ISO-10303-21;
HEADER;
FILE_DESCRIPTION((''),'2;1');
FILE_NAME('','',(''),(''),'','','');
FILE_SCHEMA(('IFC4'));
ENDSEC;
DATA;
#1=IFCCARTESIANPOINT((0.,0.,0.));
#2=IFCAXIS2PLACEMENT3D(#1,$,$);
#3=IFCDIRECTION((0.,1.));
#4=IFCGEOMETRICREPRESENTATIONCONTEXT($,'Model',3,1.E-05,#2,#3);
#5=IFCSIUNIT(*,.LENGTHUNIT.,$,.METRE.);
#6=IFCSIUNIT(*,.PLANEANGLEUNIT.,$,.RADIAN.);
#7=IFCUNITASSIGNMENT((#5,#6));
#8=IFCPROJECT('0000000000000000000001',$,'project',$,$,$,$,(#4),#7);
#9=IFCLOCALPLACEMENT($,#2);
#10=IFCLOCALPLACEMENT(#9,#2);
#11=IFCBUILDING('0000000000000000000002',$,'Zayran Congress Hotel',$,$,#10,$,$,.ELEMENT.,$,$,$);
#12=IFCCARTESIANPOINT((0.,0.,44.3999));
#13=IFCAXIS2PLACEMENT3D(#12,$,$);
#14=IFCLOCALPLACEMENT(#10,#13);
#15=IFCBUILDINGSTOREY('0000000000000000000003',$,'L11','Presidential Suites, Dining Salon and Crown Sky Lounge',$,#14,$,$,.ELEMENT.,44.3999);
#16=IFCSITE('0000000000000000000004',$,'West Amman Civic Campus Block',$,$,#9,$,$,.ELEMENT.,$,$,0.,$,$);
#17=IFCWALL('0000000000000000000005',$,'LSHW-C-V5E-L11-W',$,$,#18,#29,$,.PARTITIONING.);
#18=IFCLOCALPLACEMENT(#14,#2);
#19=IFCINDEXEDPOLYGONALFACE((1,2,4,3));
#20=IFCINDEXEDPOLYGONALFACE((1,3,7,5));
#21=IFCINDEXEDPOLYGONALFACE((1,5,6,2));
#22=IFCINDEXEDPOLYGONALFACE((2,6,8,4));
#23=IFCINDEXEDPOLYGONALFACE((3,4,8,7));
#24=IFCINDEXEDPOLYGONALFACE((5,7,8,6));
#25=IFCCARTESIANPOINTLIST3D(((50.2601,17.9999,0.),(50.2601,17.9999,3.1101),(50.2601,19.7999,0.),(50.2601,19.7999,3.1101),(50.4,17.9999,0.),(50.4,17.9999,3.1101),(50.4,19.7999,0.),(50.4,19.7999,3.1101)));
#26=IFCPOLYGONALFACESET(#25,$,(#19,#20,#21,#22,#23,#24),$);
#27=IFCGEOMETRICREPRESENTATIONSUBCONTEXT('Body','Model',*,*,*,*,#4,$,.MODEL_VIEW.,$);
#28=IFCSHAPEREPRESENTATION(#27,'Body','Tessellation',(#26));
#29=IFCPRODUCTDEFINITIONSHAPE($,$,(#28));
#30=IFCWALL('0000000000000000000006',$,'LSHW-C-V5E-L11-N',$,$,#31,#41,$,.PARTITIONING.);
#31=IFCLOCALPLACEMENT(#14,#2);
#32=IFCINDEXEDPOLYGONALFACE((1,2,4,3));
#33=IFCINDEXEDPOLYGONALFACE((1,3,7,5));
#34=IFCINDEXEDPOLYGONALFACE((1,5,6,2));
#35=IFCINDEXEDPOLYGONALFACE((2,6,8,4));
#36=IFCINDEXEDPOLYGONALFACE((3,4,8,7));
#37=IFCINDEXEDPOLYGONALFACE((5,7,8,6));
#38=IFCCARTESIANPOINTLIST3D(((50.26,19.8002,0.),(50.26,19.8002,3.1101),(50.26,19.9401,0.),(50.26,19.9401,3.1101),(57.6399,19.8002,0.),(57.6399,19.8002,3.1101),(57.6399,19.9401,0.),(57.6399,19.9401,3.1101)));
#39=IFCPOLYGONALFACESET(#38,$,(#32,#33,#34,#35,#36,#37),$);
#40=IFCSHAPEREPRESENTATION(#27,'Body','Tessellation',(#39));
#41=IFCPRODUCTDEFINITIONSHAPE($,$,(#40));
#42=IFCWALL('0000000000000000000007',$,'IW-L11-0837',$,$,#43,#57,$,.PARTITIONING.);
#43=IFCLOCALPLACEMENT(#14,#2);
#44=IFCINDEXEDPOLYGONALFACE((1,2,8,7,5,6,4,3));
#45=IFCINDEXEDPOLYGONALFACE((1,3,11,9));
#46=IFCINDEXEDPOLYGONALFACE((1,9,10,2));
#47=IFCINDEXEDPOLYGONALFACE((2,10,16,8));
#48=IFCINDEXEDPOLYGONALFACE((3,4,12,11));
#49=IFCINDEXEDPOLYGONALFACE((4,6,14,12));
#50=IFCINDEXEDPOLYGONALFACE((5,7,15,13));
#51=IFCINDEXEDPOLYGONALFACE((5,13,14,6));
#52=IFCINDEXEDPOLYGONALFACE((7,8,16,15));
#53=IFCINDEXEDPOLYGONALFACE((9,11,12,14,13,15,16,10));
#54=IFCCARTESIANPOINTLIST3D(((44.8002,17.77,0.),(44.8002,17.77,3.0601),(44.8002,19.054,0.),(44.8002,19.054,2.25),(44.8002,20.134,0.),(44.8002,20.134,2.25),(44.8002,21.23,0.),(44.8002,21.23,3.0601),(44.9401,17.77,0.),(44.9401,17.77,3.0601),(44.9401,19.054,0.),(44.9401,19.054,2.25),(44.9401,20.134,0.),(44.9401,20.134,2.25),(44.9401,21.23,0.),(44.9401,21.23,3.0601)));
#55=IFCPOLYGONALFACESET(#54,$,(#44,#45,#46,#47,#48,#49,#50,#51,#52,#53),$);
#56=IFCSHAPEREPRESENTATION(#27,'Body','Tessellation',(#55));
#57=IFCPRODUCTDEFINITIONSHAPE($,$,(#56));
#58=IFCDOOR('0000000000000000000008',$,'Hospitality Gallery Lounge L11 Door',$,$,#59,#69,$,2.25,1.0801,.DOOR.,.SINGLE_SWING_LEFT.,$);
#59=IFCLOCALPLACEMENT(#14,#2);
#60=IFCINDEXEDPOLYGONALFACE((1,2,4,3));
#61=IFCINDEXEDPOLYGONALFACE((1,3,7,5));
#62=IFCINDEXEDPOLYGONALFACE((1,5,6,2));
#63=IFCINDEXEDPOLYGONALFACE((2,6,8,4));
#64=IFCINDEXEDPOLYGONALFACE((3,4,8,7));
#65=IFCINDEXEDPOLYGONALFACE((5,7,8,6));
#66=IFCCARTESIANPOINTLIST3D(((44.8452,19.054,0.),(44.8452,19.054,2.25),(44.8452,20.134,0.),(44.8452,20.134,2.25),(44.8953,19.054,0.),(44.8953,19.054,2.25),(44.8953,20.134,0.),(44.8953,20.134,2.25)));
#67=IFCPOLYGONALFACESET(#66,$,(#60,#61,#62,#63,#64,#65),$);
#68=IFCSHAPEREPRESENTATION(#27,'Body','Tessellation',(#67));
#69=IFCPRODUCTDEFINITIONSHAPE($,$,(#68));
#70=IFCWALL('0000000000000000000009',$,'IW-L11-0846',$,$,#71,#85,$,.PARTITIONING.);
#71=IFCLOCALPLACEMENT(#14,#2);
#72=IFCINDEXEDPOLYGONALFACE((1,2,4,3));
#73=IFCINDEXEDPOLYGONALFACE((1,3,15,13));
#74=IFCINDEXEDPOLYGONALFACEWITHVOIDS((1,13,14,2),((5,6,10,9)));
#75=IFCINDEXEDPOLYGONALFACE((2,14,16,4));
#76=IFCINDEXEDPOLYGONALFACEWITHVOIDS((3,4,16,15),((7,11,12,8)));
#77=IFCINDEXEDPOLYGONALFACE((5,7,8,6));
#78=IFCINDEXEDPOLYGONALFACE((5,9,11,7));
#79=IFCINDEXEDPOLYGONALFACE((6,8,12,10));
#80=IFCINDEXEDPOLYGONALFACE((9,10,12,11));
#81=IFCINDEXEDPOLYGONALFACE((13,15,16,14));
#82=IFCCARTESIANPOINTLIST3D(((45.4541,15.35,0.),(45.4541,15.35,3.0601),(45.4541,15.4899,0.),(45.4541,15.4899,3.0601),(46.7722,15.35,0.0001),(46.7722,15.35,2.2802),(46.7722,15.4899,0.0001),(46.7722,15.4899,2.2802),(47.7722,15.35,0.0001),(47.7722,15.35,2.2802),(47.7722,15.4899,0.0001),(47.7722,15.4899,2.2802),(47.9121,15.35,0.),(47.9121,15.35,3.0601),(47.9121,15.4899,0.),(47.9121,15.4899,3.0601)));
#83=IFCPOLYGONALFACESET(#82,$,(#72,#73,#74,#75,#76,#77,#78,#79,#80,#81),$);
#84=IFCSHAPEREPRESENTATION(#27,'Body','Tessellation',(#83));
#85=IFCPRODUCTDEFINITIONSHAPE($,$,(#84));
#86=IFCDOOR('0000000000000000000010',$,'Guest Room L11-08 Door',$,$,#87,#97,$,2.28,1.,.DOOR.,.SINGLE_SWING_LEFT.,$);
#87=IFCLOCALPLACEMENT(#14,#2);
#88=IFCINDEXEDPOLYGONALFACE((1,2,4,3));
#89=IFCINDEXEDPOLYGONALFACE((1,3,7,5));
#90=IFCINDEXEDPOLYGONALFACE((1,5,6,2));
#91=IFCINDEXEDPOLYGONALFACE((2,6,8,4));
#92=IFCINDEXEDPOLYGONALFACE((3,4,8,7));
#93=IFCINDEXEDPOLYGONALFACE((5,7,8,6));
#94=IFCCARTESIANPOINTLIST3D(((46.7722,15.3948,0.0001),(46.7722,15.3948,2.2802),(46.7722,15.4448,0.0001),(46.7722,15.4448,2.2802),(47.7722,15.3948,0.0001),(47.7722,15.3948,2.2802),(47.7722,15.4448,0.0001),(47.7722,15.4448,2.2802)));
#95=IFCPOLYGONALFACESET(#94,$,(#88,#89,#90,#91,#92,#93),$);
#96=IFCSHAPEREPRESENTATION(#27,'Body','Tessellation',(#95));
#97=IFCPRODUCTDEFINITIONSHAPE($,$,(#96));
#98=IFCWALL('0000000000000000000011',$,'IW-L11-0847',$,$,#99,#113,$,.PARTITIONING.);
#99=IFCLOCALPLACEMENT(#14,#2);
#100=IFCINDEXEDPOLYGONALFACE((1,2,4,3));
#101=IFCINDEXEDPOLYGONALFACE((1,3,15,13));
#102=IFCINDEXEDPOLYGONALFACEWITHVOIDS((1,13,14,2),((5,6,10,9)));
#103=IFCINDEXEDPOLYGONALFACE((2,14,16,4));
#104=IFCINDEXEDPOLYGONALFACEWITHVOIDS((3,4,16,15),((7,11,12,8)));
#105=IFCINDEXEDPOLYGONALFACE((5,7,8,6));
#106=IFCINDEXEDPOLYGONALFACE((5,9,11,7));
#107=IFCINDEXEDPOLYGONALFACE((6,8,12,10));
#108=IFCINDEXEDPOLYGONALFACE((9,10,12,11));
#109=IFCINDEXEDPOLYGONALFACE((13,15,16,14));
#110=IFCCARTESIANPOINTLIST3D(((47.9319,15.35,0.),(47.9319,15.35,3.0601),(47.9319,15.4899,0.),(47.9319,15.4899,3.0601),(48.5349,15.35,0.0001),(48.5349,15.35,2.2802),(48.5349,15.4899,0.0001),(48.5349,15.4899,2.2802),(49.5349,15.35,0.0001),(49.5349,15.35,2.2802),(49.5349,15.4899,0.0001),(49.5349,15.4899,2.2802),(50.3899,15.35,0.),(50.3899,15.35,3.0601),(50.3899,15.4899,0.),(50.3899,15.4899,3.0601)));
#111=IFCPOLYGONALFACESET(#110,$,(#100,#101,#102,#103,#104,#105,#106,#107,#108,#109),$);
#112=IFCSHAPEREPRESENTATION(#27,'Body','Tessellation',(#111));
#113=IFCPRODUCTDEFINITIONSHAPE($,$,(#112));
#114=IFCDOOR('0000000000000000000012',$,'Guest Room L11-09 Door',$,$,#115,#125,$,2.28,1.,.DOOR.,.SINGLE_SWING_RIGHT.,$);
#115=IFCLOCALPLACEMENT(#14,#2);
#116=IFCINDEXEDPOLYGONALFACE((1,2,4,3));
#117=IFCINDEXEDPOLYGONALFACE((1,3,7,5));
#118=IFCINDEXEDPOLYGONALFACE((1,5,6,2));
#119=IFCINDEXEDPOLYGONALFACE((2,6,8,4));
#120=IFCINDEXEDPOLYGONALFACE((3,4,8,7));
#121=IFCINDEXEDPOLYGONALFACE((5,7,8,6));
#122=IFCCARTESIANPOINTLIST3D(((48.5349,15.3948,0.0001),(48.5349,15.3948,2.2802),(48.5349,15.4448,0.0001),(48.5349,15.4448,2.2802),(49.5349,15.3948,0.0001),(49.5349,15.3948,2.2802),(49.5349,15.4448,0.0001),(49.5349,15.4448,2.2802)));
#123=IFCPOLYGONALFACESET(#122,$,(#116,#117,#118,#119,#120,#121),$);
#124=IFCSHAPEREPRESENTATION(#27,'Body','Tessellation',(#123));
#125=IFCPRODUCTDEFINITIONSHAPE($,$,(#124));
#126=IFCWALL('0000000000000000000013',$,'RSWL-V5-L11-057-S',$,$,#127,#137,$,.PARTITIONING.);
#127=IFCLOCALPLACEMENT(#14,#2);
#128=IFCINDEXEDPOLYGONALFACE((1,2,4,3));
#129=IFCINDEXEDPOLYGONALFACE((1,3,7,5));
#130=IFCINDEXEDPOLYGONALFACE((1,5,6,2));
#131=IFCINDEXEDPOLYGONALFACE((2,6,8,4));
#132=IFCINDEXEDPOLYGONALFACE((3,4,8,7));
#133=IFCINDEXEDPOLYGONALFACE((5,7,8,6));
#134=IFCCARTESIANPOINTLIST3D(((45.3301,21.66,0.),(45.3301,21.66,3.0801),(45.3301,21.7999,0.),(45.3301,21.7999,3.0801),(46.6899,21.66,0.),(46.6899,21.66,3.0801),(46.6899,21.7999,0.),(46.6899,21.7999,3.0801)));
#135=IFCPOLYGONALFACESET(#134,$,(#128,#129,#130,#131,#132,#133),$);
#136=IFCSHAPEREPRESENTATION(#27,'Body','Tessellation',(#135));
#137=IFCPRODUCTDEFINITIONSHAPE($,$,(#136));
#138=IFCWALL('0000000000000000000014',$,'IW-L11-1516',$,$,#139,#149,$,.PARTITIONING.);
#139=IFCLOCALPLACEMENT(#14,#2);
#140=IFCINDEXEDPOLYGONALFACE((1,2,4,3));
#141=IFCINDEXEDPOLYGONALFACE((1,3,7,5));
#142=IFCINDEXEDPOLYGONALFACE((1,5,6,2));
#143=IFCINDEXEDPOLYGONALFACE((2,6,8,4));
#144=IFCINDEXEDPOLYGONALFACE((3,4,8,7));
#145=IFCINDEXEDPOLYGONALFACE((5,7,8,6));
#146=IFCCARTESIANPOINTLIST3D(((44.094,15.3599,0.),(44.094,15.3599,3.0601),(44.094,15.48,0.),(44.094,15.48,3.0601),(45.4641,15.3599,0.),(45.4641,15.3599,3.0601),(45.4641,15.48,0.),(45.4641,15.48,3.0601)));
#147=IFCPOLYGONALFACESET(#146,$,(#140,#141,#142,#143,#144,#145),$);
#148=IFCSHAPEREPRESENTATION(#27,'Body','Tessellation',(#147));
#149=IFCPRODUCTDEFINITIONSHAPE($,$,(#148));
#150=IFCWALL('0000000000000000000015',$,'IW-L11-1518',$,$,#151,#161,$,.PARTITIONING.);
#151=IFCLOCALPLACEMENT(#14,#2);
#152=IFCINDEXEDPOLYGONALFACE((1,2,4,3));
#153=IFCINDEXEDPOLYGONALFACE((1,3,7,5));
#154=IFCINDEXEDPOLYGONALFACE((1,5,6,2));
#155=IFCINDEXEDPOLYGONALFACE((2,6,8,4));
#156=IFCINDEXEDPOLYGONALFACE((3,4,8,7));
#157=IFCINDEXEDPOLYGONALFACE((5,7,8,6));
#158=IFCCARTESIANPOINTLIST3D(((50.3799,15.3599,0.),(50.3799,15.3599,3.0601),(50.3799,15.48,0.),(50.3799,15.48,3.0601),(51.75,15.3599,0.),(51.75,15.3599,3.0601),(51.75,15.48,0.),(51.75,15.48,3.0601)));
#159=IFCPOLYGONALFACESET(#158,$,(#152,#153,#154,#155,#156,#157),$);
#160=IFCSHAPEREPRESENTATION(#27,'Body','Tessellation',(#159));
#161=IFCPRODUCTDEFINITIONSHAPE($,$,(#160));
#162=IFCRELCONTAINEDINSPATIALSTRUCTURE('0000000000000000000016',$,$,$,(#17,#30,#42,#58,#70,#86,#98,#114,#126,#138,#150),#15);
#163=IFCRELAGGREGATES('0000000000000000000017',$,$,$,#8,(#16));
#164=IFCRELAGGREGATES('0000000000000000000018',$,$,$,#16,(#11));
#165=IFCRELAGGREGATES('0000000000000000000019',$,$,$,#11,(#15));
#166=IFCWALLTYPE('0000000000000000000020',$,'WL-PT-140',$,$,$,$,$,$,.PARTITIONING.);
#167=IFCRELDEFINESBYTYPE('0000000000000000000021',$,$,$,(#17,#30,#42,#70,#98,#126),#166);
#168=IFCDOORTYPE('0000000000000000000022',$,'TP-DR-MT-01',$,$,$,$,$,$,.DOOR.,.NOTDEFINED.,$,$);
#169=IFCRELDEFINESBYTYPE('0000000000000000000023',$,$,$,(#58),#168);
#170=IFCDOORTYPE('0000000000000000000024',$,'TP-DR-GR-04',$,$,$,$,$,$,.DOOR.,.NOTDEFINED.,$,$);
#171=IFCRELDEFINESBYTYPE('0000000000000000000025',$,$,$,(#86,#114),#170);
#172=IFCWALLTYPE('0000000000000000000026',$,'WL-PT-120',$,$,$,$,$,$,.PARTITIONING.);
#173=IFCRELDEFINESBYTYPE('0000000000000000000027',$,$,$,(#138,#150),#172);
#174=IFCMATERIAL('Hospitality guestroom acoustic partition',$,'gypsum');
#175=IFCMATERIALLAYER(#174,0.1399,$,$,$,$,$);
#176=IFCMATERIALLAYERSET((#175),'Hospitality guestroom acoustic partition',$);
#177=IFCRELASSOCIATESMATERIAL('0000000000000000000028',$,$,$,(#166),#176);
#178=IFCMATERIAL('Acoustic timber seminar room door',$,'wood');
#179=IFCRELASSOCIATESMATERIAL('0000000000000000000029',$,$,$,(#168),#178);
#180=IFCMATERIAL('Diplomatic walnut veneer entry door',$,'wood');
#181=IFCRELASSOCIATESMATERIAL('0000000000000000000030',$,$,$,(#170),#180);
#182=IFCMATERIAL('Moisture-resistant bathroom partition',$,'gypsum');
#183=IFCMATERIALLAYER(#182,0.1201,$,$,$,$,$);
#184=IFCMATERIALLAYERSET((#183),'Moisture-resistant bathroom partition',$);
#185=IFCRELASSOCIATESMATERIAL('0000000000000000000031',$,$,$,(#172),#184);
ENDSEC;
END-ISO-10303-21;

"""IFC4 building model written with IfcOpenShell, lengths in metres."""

from ifc_helpers import new_model, si_unit, direction, frame, frame_2d, origin, place, context, subcontext, project, spatial, rectangle, extrude, material, layer, layer_set, type_object, element, fill, save


model = new_model("IFC4")

# Units and contexts
model_context = context("Model", 3, precision=1e-05, world=origin(), true_north=direction((0.0, 1.0)))
body_context = subcontext(model_context, "Body", "Model", "MODEL_VIEW")
ifc_project = project(units=[si_unit("LENGTHUNIT", "METRE"), si_unit("PLANEANGLEUNIT", "RADIAN")], contexts=[model_context])

# Site, building, storey
site_placement = place(None, origin())
site = spatial("IfcSite", under=ifc_project, at=site_placement, Name="West Amman Civic Campus Block", CompositionType="ELEMENT", RefElevation=0.0)
building_placement = place(site_placement, origin())
building = spatial("IfcBuilding", under=site, at=building_placement, Name="Zayran Congress Hotel", CompositionType="ELEMENT")
storey_placement = place(building_placement, frame((0.0, 0.0, 44.3999)))
storey = spatial("IfcBuildingStorey", under=building, at=storey_placement, Name="L11", Description="Presidential Suites, Dining Salon and Crown Sky Lounge", CompositionType="ELEMENT", Elevation=44.3999)

# Walls
ifc_material_1 = material(Name="Hospitality guestroom acoustic partition", Category="gypsum")
ifc_layer_1 = layer(ifc_material_1, 0.1399)
ifc_layer_set_1 = layer_set([ifc_layer_1], Name="Hospitality guestroom acoustic partition")
wall_type_1 = type_object("IfcWallType", Name="WL-PT-140", PredefinedType="PARTITIONING", material=ifc_layer_set_1)
wall_1_placement = place(storey_placement, frame((50.3301, 18.0, 0.0), z_axis=(0.0, 0.0, 1.0), x_axis=(0.0, 1.0, 0.0)))
element("IfcWall", 1, at=wall_1_placement, inside=storey, type_object=wall_type_1, Name="LSHW-C-V5E-L11-W", PredefinedType="PARTITIONING", context=body_context, shape_type="SweptSolid", body=[
    extrude(rectangle(XDim=1.8, YDim=0.1399, at=frame_2d((0.8999, 0.0))), origin(), (0.0, 0.0, 1.0), 3.1101),
])
wall_2_placement = place(storey_placement, frame((50.26, 19.8701, 0.0), z_axis=(0.0, 0.0, 1.0), x_axis=(1.0, 0.0, 0.0)))
element("IfcWall", 2, at=wall_2_placement, inside=storey, type_object=wall_type_1, Name="LSHW-C-V5E-L11-N", PredefinedType="PARTITIONING", context=body_context, shape_type="SweptSolid", body=[
    extrude(rectangle(XDim=7.3799, YDim=0.1399, at=frame_2d((3.6899, 0.0))), origin(), (0.0, 0.0, 1.0), 3.1101),
])

# Walls, openings, doors
wall_3_placement = place(storey_placement, frame((44.8701, 17.77, 0.0), z_axis=(0.0, 0.0, 1.0), x_axis=(0.0, 1.0, 0.0)))
wall_3 = element("IfcWall", 3, at=wall_3_placement, inside=storey, type_object=wall_type_1, Name="IW-L11-0837", PredefinedType="PARTITIONING", context=body_context, shape_type="SweptSolid", body=[
    extrude(rectangle(XDim=3.46, YDim=0.1399, at=frame_2d((1.73, 0.0))), origin(), (0.0, 0.0, 1.0), 3.0601),
])
opening_1_placement = place(wall_3_placement, frame((1.2839, 0.0, 0.0)))
opening_1 = element("IfcOpeningElement", 4, at=opening_1_placement, cuts=wall_3, PredefinedType="OPENING", context=body_context, shape_type="SweptSolid", body=[
    extrude(rectangle(XDim=1.0801, YDim=2.25, at=frame_2d((0.54, 1.125))), frame((0.0, 0.0798, 0.0), z_axis=(0.0, -1.0, 0.0), x_axis=(1.0, 0.0, 0.0)), (0.0, 0.0, 1.0), 0.1599),
])
ifc_material_2 = material(Name="Acoustic timber seminar room door", Category="wood")
door_type_1 = type_object("IfcDoorType", Name="TP-DR-MT-01", OperationType="NOTDEFINED", PredefinedType="DOOR", material=ifc_material_2)
door_1_placement = place(opening_1_placement, origin())
door_1 = element("IfcDoor", 5, at=door_1_placement, inside=storey, type_object=door_type_1, Name="Hospitality Gallery Lounge L11 Door", OperationType="SINGLE_SWING_LEFT", OverallHeight=2.25, OverallWidth=1.0801, PredefinedType="DOOR", context=body_context, shape_type="SweptSolid", body=[
    extrude(rectangle(XDim=1.0801, YDim=2.25, at=frame_2d((0.54, 1.125))), frame((0.0, 0.0249, 0.0), z_axis=(0.0, -1.0, 0.0), x_axis=(1.0, 0.0, 0.0)), (0.0, 0.0, 1.0), 0.05),
])
fill(opening_1, door_1)
wall_4_placement = place(storey_placement, frame((45.4541, 15.4199, 0.0), z_axis=(0.0, 0.0, 1.0), x_axis=(1.0, 0.0, 0.0)))
wall_4 = element("IfcWall", 6, at=wall_4_placement, inside=storey, type_object=wall_type_1, Name="IW-L11-0846", PredefinedType="PARTITIONING", context=body_context, shape_type="SweptSolid", body=[
    extrude(rectangle(XDim=2.458, YDim=0.1399, at=frame_2d((1.229, 0.0))), origin(), (0.0, 0.0, 1.0), 3.0601),
])
opening_2_placement = place(wall_4_placement, frame((1.3181, 0.0, 0.0)))
opening_2 = element("IfcOpeningElement", 7, at=opening_2_placement, cuts=wall_4, PredefinedType="OPENING", context=body_context, shape_type="SweptSolid", body=[
    extrude(rectangle(XDim=1.0, YDim=2.28, at=frame_2d((0.5, 1.1401))), frame((0.0, 0.0798, 0.0), z_axis=(0.0, -1.0, 0.0), x_axis=(1.0, 0.0, 0.0)), (0.0, 0.0, 1.0), 0.1599),
])
ifc_material_3 = material(Name="Diplomatic walnut veneer entry door", Category="wood")
door_type_2 = type_object("IfcDoorType", Name="TP-DR-GR-04", OperationType="NOTDEFINED", PredefinedType="DOOR", material=ifc_material_3)
door_2_placement = place(opening_2_placement, origin())
door_2 = element("IfcDoor", 8, at=door_2_placement, inside=storey, type_object=door_type_2, Name="Guest Room L11-08 Door", OperationType="SINGLE_SWING_LEFT", OverallHeight=2.28, OverallWidth=1.0, PredefinedType="DOOR", context=body_context, shape_type="SweptSolid", body=[
    extrude(rectangle(XDim=1.0, YDim=2.28, at=frame_2d((0.5, 1.1401))), frame((0.0, 0.0249, 0.0), z_axis=(0.0, -1.0, 0.0), x_axis=(1.0, 0.0, 0.0)), (0.0, 0.0, 1.0), 0.05),
])
fill(opening_2, door_2)
wall_5_placement = place(storey_placement, frame((47.9319, 15.4199, 0.0), z_axis=(0.0, 0.0, 1.0), x_axis=(1.0, 0.0, 0.0)))
wall_5 = element("IfcWall", 9, at=wall_5_placement, inside=storey, type_object=wall_type_1, Name="IW-L11-0847", PredefinedType="PARTITIONING", context=body_context, shape_type="SweptSolid", body=[
    extrude(rectangle(XDim=2.458, YDim=0.1399, at=frame_2d((1.229, 0.0))), origin(), (0.0, 0.0, 1.0), 3.0601),
])
opening_3_placement = place(wall_5_placement, frame((0.603, 0.0, 0.0)))
opening_3 = element("IfcOpeningElement", 10, at=opening_3_placement, cuts=wall_5, PredefinedType="OPENING", context=body_context, shape_type="SweptSolid", body=[
    extrude(rectangle(XDim=1.0, YDim=2.28, at=frame_2d((0.5, 1.1401))), frame((0.0, 0.0798, 0.0), z_axis=(0.0, -1.0, 0.0), x_axis=(1.0, 0.0, 0.0)), (0.0, 0.0, 1.0), 0.1599),
])
door_3_placement = place(opening_3_placement, origin())
door_3 = element("IfcDoor", 11, at=door_3_placement, inside=storey, type_object=door_type_2, Name="Guest Room L11-09 Door", OperationType="SINGLE_SWING_RIGHT", OverallHeight=2.28, OverallWidth=1.0, PredefinedType="DOOR", context=body_context, shape_type="SweptSolid", body=[
    extrude(rectangle(XDim=1.0, YDim=2.28, at=frame_2d((0.5, 1.1401))), frame((0.0, 0.0249, 0.0), z_axis=(0.0, -1.0, 0.0), x_axis=(1.0, 0.0, 0.0)), (0.0, 0.0, 1.0), 0.05),
])
fill(opening_3, door_3)

# Walls
wall_6_placement = place(storey_placement, frame((45.3301, 21.73, 0.0), z_axis=(0.0, 0.0, 1.0), x_axis=(1.0, 0.0, 0.0)))
element("IfcWall", 12, at=wall_6_placement, inside=storey, type_object=wall_type_1, Name="RSWL-V5-L11-057-S", PredefinedType="PARTITIONING", context=body_context, shape_type="SweptSolid", body=[
    extrude(rectangle(XDim=1.3599, YDim=0.1399, at=frame_2d((0.6799, 0.0))), origin(), (0.0, 0.0, 1.0), 3.0801),
])
ifc_material_4 = material(Name="Moisture-resistant bathroom partition", Category="gypsum")
ifc_layer_2 = layer(ifc_material_4, 0.1201)
ifc_layer_set_2 = layer_set([ifc_layer_2], Name="Moisture-resistant bathroom partition")
wall_type_2 = type_object("IfcWallType", Name="WL-PT-120", PredefinedType="PARTITIONING", material=ifc_layer_set_2)
for number, where, z_axis, x_axis, name in (
    (13, (44.094, 15.4199, 0.0), (0.0, 0.0, 1.0), (1.0, 0.0, 0.0), "IW-L11-1516"),
    (14, (50.3799, 15.4199, 0.0), (0.0, 0.0, 1.0), (1.0, 0.0, 0.0), "IW-L11-1518"),
):
    element("IfcWall", number, at=place(storey_placement, frame(where, z_axis=z_axis, x_axis=x_axis)), inside=storey, type_object=wall_type_2, Name=name, PredefinedType="PARTITIONING", context=body_context, shape_type="SweptSolid", body=[
        extrude(rectangle(XDim=1.3701, YDim=0.1201, at=frame_2d((0.6851, 0.0))), origin(), (0.0, 0.0, 1.0), 3.0601),
    ])

save(model, "model.ifc")
